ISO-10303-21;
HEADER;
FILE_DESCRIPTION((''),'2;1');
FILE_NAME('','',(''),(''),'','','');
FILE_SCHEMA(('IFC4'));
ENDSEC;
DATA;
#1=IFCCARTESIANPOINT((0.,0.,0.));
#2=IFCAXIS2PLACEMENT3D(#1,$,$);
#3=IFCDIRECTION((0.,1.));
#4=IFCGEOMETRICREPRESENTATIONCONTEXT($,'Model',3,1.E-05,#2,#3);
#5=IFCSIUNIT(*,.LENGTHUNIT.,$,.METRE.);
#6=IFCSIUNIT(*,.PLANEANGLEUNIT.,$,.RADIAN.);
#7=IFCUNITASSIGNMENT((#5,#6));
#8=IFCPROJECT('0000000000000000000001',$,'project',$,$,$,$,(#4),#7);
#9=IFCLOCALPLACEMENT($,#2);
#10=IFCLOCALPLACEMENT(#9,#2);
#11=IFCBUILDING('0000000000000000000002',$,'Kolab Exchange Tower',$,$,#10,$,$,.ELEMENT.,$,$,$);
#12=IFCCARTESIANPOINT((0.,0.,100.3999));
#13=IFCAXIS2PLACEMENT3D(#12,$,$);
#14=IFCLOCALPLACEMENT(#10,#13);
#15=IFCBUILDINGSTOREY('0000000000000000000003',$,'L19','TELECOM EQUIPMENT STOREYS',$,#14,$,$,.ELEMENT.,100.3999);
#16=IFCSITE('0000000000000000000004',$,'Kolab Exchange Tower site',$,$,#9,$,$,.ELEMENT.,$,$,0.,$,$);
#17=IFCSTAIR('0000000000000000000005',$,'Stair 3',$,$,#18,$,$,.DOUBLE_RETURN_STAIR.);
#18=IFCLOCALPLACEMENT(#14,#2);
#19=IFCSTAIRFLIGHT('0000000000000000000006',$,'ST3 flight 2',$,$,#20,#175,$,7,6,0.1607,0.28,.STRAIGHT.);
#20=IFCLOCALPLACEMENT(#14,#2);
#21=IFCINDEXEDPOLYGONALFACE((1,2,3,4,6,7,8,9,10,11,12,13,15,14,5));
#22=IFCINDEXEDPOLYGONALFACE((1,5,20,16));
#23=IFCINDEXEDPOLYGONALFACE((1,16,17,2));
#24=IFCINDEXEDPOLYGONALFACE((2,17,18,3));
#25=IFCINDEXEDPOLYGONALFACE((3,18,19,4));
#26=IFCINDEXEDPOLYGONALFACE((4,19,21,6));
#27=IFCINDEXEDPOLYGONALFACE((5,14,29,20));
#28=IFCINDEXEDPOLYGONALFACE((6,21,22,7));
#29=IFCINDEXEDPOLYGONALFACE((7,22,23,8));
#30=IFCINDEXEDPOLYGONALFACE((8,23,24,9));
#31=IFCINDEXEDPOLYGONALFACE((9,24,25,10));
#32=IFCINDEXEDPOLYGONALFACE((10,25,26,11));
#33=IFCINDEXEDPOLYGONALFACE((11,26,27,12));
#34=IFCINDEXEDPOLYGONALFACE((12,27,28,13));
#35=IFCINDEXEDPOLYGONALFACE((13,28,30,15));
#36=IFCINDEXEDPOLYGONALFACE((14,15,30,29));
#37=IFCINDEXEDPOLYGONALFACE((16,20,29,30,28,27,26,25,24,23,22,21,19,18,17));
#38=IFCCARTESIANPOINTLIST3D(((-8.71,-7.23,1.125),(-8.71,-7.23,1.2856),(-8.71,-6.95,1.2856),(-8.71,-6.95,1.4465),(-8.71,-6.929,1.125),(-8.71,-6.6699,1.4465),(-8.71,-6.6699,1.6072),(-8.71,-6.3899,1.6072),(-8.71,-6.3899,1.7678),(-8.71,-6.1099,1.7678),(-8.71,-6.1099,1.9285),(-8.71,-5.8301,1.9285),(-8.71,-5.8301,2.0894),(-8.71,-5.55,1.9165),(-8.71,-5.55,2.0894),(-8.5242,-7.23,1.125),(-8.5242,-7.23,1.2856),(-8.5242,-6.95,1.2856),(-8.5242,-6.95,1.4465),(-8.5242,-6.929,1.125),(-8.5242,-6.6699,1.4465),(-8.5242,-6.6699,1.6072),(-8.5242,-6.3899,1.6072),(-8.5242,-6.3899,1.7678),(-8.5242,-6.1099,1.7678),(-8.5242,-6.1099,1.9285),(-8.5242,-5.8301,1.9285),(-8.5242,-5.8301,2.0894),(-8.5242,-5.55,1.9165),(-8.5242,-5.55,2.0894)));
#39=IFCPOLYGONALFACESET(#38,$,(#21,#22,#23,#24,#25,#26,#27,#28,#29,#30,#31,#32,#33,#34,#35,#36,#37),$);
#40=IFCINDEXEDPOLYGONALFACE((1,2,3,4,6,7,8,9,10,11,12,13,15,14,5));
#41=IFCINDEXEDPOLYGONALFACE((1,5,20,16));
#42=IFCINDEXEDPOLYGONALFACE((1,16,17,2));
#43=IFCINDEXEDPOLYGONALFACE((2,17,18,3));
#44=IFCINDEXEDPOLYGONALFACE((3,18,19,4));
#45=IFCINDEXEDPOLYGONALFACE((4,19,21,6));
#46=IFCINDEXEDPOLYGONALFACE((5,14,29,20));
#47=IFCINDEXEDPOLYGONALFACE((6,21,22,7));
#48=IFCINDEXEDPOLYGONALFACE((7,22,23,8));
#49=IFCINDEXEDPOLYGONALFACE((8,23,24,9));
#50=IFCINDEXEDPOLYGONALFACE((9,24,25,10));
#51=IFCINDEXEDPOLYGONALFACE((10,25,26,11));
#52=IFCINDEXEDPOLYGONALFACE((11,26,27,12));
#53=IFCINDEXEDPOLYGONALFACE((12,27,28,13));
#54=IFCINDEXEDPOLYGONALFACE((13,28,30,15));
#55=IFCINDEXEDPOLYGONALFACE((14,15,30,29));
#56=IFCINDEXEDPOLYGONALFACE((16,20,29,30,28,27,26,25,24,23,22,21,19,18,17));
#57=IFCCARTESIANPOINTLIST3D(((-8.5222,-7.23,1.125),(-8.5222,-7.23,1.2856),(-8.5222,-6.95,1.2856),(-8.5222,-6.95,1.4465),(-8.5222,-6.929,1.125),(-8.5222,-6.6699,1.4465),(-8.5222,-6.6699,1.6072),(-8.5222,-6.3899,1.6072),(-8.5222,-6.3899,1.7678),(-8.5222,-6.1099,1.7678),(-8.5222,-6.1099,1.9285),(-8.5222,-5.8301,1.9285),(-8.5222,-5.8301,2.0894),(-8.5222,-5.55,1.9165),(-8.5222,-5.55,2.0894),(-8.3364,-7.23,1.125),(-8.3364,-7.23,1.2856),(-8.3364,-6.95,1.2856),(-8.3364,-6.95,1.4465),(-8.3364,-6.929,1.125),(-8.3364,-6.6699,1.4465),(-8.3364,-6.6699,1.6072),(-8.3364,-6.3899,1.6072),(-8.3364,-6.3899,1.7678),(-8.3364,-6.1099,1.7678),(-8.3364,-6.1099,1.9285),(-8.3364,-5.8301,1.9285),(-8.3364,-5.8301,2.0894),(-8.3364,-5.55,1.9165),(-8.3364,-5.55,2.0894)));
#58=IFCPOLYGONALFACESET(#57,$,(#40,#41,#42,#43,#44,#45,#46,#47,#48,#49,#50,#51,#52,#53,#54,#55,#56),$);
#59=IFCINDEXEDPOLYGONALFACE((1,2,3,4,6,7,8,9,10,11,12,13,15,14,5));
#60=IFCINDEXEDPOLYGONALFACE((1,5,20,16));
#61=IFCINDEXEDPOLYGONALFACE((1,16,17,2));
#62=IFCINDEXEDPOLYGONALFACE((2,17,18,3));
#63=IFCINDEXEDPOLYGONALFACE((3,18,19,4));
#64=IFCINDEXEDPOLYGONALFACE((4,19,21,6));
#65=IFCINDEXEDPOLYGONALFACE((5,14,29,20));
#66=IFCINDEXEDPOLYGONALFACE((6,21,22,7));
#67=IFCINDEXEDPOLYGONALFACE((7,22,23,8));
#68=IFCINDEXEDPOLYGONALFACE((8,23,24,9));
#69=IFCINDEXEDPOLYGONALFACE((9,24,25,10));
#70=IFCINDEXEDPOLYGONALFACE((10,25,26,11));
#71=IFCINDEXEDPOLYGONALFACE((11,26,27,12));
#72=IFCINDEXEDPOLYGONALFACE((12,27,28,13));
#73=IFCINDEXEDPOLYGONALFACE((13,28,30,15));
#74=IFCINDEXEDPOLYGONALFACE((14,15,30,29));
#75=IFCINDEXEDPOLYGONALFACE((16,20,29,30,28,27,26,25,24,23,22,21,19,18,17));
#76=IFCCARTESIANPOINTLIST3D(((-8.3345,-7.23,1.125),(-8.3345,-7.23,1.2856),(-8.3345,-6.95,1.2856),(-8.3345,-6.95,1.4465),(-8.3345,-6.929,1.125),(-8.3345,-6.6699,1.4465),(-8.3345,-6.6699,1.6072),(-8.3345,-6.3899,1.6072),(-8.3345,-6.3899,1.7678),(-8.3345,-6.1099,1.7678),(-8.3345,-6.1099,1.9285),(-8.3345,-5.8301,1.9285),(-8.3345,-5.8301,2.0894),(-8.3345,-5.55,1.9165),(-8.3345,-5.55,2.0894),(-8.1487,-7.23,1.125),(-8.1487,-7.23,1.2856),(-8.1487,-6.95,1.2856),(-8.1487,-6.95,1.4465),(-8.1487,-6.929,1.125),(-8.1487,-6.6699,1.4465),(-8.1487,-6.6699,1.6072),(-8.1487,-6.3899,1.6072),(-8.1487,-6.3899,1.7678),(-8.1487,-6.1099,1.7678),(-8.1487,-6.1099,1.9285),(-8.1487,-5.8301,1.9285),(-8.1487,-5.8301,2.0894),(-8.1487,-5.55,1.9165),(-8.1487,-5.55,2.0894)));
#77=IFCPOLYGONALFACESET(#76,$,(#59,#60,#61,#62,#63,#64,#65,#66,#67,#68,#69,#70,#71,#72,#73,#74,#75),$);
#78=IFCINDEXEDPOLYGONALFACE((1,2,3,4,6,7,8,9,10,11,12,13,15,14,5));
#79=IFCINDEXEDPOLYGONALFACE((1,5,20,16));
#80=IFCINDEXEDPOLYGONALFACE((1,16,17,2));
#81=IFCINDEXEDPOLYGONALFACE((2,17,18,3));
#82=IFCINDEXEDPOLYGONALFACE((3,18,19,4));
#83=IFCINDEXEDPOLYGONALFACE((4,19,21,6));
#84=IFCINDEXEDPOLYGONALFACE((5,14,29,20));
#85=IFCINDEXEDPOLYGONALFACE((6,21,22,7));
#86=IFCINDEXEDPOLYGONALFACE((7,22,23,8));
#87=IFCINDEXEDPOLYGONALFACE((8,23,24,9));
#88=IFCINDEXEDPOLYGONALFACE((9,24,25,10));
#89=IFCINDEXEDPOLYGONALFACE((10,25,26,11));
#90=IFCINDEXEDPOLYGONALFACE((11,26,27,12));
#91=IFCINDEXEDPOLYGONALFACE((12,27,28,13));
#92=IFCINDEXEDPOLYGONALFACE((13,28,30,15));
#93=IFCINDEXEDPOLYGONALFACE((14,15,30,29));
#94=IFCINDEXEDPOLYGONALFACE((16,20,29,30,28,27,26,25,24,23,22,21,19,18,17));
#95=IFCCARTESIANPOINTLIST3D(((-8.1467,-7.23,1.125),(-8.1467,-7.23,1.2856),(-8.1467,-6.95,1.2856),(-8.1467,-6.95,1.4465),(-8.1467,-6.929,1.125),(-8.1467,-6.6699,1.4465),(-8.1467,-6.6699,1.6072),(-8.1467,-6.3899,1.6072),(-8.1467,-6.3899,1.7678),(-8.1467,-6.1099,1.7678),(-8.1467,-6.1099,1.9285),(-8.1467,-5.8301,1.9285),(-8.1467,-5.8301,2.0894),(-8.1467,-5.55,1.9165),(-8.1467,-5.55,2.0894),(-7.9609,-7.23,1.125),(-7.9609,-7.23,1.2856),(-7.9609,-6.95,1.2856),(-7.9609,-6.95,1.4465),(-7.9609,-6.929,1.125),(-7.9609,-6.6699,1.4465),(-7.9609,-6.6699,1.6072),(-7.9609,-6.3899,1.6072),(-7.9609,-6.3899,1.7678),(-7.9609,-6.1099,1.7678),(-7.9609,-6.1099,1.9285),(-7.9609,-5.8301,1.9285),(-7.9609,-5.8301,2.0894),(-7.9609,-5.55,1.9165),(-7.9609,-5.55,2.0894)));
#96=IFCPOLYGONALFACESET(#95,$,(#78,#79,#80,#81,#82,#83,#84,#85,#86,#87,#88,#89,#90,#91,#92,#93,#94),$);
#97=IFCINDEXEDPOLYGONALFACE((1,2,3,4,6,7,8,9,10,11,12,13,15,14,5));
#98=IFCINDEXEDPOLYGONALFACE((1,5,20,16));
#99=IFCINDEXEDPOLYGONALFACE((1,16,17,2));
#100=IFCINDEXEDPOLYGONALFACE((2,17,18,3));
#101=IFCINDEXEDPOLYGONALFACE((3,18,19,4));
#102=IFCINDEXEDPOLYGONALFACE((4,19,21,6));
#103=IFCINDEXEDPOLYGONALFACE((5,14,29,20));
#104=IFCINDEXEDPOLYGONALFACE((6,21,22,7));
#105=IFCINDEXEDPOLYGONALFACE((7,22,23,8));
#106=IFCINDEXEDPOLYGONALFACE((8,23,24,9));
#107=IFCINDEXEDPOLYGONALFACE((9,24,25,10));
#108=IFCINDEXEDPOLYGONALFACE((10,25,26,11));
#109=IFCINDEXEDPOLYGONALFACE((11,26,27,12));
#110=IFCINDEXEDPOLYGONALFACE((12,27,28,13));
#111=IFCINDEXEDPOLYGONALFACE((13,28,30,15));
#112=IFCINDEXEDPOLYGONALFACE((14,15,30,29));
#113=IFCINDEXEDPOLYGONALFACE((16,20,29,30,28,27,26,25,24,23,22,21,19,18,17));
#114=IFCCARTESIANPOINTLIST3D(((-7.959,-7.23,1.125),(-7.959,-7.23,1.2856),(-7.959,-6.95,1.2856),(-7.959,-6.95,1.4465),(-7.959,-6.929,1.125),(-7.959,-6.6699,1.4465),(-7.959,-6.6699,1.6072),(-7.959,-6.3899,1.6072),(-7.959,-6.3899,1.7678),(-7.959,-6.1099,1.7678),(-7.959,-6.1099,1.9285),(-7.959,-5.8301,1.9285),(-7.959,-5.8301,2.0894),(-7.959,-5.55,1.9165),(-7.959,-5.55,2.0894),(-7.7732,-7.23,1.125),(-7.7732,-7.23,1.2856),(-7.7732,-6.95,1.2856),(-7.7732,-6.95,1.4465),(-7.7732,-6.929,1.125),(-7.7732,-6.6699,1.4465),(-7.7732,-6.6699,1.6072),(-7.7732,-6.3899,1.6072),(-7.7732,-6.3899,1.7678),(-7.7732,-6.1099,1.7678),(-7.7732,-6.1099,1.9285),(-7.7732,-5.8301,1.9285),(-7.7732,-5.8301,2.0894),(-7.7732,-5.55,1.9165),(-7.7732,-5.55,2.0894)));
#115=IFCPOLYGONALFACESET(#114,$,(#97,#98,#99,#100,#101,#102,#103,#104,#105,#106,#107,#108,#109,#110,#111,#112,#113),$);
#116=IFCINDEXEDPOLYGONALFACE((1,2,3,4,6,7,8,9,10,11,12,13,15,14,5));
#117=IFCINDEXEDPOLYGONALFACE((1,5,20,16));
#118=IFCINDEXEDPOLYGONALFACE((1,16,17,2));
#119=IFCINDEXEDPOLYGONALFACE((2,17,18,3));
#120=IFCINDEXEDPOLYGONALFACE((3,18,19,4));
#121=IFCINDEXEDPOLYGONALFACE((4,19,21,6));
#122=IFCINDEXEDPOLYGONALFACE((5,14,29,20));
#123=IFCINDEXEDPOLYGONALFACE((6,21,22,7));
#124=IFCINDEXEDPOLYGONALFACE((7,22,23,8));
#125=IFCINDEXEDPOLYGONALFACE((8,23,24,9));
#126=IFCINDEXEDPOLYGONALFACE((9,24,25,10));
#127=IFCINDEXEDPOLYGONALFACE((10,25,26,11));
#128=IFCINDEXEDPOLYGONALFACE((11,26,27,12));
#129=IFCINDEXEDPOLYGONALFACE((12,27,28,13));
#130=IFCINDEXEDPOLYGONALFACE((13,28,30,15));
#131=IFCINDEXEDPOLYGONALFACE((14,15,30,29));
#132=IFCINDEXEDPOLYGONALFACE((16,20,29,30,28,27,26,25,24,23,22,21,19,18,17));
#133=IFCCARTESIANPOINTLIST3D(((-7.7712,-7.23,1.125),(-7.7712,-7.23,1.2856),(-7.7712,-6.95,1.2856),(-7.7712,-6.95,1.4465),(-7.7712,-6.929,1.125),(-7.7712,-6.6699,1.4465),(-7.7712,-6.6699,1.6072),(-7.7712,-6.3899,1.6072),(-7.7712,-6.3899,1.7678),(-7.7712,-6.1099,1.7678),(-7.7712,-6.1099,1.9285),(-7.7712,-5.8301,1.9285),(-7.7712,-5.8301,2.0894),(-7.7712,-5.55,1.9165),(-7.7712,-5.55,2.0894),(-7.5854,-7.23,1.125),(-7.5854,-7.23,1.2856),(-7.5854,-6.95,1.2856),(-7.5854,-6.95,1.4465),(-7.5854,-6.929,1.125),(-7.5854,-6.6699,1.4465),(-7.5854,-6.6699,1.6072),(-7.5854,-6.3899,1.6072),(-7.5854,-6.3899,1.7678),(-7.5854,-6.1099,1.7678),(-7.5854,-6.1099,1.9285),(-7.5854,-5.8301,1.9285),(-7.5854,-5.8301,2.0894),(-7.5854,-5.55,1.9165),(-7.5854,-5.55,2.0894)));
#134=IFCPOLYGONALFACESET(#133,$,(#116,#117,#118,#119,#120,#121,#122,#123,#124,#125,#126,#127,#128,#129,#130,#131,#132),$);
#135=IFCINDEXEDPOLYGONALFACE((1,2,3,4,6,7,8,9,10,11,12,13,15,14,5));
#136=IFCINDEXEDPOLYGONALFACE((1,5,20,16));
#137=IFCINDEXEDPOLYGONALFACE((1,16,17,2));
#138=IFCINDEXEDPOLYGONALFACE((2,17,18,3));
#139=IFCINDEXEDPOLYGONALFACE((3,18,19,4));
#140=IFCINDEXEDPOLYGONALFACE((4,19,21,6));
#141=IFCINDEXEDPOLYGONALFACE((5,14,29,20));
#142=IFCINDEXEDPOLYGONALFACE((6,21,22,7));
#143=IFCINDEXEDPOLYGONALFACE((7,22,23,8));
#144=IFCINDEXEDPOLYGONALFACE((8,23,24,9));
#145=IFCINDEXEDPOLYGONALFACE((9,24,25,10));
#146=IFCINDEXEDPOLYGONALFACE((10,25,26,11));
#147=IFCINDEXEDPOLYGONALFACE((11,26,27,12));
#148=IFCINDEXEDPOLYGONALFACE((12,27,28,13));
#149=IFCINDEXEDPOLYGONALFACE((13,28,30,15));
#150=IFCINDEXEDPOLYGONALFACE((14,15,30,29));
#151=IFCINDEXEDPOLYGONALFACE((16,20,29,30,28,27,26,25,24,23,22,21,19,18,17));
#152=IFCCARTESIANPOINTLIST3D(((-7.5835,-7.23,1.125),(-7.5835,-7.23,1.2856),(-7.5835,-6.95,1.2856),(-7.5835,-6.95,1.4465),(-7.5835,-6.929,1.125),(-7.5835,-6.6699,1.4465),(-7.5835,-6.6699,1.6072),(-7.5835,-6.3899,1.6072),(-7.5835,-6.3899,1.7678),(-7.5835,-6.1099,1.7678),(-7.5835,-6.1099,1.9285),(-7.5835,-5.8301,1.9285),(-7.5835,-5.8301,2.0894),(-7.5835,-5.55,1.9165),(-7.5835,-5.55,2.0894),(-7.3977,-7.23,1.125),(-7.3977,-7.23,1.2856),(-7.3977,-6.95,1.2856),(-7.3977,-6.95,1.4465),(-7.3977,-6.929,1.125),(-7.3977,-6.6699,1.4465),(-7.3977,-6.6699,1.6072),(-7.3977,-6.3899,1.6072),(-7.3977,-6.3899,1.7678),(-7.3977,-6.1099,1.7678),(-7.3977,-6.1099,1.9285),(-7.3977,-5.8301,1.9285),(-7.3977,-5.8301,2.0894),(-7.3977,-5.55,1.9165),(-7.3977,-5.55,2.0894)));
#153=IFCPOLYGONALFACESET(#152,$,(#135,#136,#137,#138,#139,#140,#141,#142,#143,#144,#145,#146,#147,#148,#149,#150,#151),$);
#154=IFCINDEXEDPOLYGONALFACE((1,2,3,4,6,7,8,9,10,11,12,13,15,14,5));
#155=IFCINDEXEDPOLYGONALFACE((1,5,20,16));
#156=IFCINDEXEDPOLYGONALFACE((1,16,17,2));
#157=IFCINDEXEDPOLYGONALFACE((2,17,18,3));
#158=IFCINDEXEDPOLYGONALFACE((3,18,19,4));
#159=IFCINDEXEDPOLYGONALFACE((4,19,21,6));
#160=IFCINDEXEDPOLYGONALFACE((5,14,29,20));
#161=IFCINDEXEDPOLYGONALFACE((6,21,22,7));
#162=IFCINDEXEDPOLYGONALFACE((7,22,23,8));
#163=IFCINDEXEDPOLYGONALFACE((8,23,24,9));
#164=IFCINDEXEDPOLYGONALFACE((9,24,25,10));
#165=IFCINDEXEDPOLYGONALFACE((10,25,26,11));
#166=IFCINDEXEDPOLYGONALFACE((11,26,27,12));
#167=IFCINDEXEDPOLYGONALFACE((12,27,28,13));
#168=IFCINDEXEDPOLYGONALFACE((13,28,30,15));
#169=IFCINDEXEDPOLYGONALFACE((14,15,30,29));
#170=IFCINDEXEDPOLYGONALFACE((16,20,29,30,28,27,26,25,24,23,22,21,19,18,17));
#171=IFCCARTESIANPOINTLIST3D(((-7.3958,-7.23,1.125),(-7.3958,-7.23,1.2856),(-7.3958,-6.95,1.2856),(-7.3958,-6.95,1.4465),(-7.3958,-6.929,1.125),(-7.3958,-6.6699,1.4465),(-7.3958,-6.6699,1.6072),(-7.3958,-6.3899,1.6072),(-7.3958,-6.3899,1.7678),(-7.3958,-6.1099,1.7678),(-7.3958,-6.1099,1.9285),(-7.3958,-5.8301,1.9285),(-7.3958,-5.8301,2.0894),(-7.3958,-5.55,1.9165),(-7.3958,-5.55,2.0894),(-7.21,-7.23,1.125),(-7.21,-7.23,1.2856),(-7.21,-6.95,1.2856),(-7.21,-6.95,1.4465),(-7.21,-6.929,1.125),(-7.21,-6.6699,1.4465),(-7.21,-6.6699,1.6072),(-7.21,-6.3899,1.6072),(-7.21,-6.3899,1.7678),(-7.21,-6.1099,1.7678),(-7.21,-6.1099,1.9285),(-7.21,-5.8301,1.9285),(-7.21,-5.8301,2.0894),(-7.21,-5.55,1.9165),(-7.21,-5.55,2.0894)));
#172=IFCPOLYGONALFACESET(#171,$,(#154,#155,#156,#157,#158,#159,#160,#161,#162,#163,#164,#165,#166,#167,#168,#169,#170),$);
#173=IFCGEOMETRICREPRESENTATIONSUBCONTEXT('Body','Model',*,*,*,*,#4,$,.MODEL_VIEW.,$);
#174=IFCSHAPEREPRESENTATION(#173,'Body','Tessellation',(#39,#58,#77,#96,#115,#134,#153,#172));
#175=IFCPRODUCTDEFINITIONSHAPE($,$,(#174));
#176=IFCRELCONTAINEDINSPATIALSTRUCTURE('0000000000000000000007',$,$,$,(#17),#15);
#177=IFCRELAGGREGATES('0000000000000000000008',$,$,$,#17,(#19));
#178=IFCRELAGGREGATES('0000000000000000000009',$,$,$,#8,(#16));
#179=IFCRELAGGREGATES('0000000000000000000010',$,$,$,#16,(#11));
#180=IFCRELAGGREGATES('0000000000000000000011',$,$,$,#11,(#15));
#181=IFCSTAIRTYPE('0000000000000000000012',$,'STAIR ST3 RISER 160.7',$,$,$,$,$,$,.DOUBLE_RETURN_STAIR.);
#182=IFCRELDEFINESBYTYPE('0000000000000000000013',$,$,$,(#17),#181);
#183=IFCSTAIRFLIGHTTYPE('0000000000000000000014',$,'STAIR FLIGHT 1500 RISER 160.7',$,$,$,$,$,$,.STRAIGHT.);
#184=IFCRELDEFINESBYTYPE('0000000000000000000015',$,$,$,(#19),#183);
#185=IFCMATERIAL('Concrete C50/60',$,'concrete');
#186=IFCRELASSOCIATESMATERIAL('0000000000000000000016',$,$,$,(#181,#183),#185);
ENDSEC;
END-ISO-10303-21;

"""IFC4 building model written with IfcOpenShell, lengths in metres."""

from ifc_helpers import new_model, si_unit, direction, frame, origin, place, context, subcontext, project, spatial, polyline, outline, extrude, material, type_object, element, aggregate, save


model = new_model("IFC4")

# Units and contexts
model_context = context("Model", 3, precision=1e-05, world=origin(), true_north=direction((0.0, 1.0)))
body_context = subcontext(model_context, "Body", "Model", "MODEL_VIEW")
ifc_project = project(units=[si_unit("LENGTHUNIT", "METRE"), si_unit("PLANEANGLEUNIT", "RADIAN")], contexts=[model_context])

# Site, building, storey
site_placement = place(None, origin())
site = spatial("IfcSite", under=ifc_project, at=site_placement, Name="Kolab Exchange Tower site", CompositionType="ELEMENT", RefElevation=0.0)
building_placement = place(site_placement, origin())
building = spatial("IfcBuilding", under=site, at=building_placement, Name="Kolab Exchange Tower", CompositionType="ELEMENT")
storey_placement = place(building_placement, frame((0.0, 0.0, 100.3999)))
storey = spatial("IfcBuildingStorey", under=building, at=storey_placement, Name="L19", Description="TELECOM EQUIPMENT STOREYS", CompositionType="ELEMENT", Elevation=100.3999)

# Shared definitions
ifc_material_1 = material(Name="Concrete C50/60", Category="concrete")

# Stair, stair flight
stair_type = type_object("IfcStairType", Name="STAIR ST3 RISER 160.7", PredefinedType="DOUBLE_RETURN_STAIR", material=ifc_material_1)
stair_placement = place(storey_placement, origin())
stair = element("IfcStair", 1, at=stair_placement, inside=storey, type_object=stair_type, Name="Stair 3", PredefinedType="DOUBLE_RETURN_STAIR")
stair_flight_type = type_object("IfcStairFlightType", Name="STAIR FLIGHT 1500 RISER 160.7", PredefinedType="STRAIGHT", material=ifc_material_1)
stair_flight_1_placement = place(storey_placement, frame((-7.96, -7.23, 1.125), z_axis=(0.0, 0.0, 1.0), x_axis=(0.0, 1.0, 0.0)))
stair_flight_1 = element("IfcStairFlight", 2, at=stair_flight_1_placement, type_object=stair_flight_type, Name="ST3 flight 2", NumberOfRisers=7, NumberOfTreads=6, PredefinedType="STRAIGHT", RiserHeight=0.1607, TreadLength=0.28, context=body_context, shape_type="SweptSolid", body=[
    extrude(outline(polyline([(0.0, 0.0), (0.0, 0.1606), (0.28, 0.1606), (0.28, 0.3215), (0.5601, 0.3215), (0.5601, 0.4822), (0.8401, 0.4822), (0.8401, 0.6428), (1.1201, 0.6428), (1.1201, 0.8035), (1.3999, 0.8035), (1.3999, 0.9644), (1.6799, 0.9644), (1.6799, 1.125), (1.6799, 0.7915), (0.301, 0.0), (0.0, 0.0)])), frame((0.0, 0.75, 0.0), z_axis=(0.0, -1.0, 0.0), x_axis=(1.0, 0.0, 0.0)), (0.0, 0.0, 1.0), 0.1858),
    extrude(outline(polyline([(0.0, 0.0), (0.0, 0.1606), (0.28, 0.1606), (0.28, 0.3215), (0.5601, 0.3215), (0.5601, 0.4822), (0.8401, 0.4822), (0.8401, 0.6428), (1.1201, 0.6428), (1.1201, 0.8035), (1.3999, 0.8035), (1.3999, 0.9644), (1.6799, 0.9644), (1.6799, 1.125), (1.6799, 0.7915), (0.301, 0.0), (0.0, 0.0)])), frame((0.0, 0.5623, 0.0), z_axis=(0.0, -1.0, 0.0), x_axis=(1.0, 0.0, 0.0)), (0.0, 0.0, 1.0), 0.1858),
    extrude(outline(polyline([(0.0, 0.0), (0.0, 0.1606), (0.28, 0.1606), (0.28, 0.3215), (0.5601, 0.3215), (0.5601, 0.4822), (0.8401, 0.4822), (0.8401, 0.6428), (1.1201, 0.6428), (1.1201, 0.8035), (1.3999, 0.8035), (1.3999, 0.9644), (1.6799, 0.9644), (1.6799, 1.125), (1.6799, 0.7915), (0.301, 0.0), (0.0, 0.0)])), frame((0.0, 0.3745, 0.0), z_axis=(0.0, -1.0, 0.0), x_axis=(1.0, 0.0, 0.0)), (0.0, 0.0, 1.0), 0.1858),
    extrude(outline(polyline([(0.0, 0.0), (0.0, 0.1606), (0.28, 0.1606), (0.28, 0.3215), (0.5601, 0.3215), (0.5601, 0.4822), (0.8401, 0.4822), (0.8401, 0.6428), (1.1201, 0.6428), (1.1201, 0.8035), (1.3999, 0.8035), (1.3999, 0.9644), (1.6799, 0.9644), (1.6799, 1.125), (1.6799, 0.7915), (0.301, 0.0), (0.0, 0.0)])), frame((0.0, 0.1868, 0.0), z_axis=(0.0, -1.0, 0.0), x_axis=(1.0, 0.0, 0.0)), (0.0, 0.0, 1.0), 0.1858),
    extrude(outline(polyline([(0.0, 0.0), (0.0, 0.1606), (0.28, 0.1606), (0.28, 0.3215), (0.5601, 0.3215), (0.5601, 0.4822), (0.8401, 0.4822), (0.8401, 0.6428), (1.1201, 0.6428), (1.1201, 0.8035), (1.3999, 0.8035), (1.3999, 0.9644), (1.6799, 0.9644), (1.6799, 1.125), (1.6799, 0.7915), (0.301, 0.0), (0.0, 0.0)])), frame((0.0, -0.001, 0.0), z_axis=(0.0, -1.0, 0.0), x_axis=(1.0, 0.0, 0.0)), (0.0, 0.0, 1.0), 0.1858),
    extrude(outline(polyline([(0.0, 0.0), (0.0, 0.1606), (0.28, 0.1606), (0.28, 0.3215), (0.5601, 0.3215), (0.5601, 0.4822), (0.8401, 0.4822), (0.8401, 0.6428), (1.1201, 0.6428), (1.1201, 0.8035), (1.3999, 0.8035), (1.3999, 0.9644), (1.6799, 0.9644), (1.6799, 1.125), (1.6799, 0.7915), (0.301, 0.0), (0.0, 0.0)])), frame((0.0, -0.1887, 0.0), z_axis=(0.0, -1.0, 0.0), x_axis=(1.0, 0.0, 0.0)), (0.0, 0.0, 1.0), 0.1858),
    extrude(outline(polyline([(0.0, 0.0), (0.0, 0.1606), (0.28, 0.1606), (0.28, 0.3215), (0.5601, 0.3215), (0.5601, 0.4822), (0.8401, 0.4822), (0.8401, 0.6428), (1.1201, 0.6428), (1.1201, 0.8035), (1.3999, 0.8035), (1.3999, 0.9644), (1.6799, 0.9644), (1.6799, 1.125), (1.6799, 0.7915), (0.301, 0.0), (0.0, 0.0)])), frame((0.0, -0.3765, 0.0), z_axis=(0.0, -1.0, 0.0), x_axis=(1.0, 0.0, 0.0)), (0.0, 0.0, 1.0), 0.1858),
    extrude(outline(polyline([(0.0, 0.0), (0.0, 0.1606), (0.28, 0.1606), (0.28, 0.3215), (0.5601, 0.3215), (0.5601, 0.4822), (0.8401, 0.4822), (0.8401, 0.6428), (1.1201, 0.6428), (1.1201, 0.8035), (1.3999, 0.8035), (1.3999, 0.9644), (1.6799, 0.9644), (1.6799, 1.125), (1.6799, 0.7915), (0.301, 0.0), (0.0, 0.0)])), frame((0.0, -0.5642, 0.0), z_axis=(0.0, -1.0, 0.0), x_axis=(1.0, 0.0, 0.0)), (0.0, 0.0, 1.0), 0.1858),
])
aggregate(stair, [stair_flight_1])

save(model, "model.ifc")
